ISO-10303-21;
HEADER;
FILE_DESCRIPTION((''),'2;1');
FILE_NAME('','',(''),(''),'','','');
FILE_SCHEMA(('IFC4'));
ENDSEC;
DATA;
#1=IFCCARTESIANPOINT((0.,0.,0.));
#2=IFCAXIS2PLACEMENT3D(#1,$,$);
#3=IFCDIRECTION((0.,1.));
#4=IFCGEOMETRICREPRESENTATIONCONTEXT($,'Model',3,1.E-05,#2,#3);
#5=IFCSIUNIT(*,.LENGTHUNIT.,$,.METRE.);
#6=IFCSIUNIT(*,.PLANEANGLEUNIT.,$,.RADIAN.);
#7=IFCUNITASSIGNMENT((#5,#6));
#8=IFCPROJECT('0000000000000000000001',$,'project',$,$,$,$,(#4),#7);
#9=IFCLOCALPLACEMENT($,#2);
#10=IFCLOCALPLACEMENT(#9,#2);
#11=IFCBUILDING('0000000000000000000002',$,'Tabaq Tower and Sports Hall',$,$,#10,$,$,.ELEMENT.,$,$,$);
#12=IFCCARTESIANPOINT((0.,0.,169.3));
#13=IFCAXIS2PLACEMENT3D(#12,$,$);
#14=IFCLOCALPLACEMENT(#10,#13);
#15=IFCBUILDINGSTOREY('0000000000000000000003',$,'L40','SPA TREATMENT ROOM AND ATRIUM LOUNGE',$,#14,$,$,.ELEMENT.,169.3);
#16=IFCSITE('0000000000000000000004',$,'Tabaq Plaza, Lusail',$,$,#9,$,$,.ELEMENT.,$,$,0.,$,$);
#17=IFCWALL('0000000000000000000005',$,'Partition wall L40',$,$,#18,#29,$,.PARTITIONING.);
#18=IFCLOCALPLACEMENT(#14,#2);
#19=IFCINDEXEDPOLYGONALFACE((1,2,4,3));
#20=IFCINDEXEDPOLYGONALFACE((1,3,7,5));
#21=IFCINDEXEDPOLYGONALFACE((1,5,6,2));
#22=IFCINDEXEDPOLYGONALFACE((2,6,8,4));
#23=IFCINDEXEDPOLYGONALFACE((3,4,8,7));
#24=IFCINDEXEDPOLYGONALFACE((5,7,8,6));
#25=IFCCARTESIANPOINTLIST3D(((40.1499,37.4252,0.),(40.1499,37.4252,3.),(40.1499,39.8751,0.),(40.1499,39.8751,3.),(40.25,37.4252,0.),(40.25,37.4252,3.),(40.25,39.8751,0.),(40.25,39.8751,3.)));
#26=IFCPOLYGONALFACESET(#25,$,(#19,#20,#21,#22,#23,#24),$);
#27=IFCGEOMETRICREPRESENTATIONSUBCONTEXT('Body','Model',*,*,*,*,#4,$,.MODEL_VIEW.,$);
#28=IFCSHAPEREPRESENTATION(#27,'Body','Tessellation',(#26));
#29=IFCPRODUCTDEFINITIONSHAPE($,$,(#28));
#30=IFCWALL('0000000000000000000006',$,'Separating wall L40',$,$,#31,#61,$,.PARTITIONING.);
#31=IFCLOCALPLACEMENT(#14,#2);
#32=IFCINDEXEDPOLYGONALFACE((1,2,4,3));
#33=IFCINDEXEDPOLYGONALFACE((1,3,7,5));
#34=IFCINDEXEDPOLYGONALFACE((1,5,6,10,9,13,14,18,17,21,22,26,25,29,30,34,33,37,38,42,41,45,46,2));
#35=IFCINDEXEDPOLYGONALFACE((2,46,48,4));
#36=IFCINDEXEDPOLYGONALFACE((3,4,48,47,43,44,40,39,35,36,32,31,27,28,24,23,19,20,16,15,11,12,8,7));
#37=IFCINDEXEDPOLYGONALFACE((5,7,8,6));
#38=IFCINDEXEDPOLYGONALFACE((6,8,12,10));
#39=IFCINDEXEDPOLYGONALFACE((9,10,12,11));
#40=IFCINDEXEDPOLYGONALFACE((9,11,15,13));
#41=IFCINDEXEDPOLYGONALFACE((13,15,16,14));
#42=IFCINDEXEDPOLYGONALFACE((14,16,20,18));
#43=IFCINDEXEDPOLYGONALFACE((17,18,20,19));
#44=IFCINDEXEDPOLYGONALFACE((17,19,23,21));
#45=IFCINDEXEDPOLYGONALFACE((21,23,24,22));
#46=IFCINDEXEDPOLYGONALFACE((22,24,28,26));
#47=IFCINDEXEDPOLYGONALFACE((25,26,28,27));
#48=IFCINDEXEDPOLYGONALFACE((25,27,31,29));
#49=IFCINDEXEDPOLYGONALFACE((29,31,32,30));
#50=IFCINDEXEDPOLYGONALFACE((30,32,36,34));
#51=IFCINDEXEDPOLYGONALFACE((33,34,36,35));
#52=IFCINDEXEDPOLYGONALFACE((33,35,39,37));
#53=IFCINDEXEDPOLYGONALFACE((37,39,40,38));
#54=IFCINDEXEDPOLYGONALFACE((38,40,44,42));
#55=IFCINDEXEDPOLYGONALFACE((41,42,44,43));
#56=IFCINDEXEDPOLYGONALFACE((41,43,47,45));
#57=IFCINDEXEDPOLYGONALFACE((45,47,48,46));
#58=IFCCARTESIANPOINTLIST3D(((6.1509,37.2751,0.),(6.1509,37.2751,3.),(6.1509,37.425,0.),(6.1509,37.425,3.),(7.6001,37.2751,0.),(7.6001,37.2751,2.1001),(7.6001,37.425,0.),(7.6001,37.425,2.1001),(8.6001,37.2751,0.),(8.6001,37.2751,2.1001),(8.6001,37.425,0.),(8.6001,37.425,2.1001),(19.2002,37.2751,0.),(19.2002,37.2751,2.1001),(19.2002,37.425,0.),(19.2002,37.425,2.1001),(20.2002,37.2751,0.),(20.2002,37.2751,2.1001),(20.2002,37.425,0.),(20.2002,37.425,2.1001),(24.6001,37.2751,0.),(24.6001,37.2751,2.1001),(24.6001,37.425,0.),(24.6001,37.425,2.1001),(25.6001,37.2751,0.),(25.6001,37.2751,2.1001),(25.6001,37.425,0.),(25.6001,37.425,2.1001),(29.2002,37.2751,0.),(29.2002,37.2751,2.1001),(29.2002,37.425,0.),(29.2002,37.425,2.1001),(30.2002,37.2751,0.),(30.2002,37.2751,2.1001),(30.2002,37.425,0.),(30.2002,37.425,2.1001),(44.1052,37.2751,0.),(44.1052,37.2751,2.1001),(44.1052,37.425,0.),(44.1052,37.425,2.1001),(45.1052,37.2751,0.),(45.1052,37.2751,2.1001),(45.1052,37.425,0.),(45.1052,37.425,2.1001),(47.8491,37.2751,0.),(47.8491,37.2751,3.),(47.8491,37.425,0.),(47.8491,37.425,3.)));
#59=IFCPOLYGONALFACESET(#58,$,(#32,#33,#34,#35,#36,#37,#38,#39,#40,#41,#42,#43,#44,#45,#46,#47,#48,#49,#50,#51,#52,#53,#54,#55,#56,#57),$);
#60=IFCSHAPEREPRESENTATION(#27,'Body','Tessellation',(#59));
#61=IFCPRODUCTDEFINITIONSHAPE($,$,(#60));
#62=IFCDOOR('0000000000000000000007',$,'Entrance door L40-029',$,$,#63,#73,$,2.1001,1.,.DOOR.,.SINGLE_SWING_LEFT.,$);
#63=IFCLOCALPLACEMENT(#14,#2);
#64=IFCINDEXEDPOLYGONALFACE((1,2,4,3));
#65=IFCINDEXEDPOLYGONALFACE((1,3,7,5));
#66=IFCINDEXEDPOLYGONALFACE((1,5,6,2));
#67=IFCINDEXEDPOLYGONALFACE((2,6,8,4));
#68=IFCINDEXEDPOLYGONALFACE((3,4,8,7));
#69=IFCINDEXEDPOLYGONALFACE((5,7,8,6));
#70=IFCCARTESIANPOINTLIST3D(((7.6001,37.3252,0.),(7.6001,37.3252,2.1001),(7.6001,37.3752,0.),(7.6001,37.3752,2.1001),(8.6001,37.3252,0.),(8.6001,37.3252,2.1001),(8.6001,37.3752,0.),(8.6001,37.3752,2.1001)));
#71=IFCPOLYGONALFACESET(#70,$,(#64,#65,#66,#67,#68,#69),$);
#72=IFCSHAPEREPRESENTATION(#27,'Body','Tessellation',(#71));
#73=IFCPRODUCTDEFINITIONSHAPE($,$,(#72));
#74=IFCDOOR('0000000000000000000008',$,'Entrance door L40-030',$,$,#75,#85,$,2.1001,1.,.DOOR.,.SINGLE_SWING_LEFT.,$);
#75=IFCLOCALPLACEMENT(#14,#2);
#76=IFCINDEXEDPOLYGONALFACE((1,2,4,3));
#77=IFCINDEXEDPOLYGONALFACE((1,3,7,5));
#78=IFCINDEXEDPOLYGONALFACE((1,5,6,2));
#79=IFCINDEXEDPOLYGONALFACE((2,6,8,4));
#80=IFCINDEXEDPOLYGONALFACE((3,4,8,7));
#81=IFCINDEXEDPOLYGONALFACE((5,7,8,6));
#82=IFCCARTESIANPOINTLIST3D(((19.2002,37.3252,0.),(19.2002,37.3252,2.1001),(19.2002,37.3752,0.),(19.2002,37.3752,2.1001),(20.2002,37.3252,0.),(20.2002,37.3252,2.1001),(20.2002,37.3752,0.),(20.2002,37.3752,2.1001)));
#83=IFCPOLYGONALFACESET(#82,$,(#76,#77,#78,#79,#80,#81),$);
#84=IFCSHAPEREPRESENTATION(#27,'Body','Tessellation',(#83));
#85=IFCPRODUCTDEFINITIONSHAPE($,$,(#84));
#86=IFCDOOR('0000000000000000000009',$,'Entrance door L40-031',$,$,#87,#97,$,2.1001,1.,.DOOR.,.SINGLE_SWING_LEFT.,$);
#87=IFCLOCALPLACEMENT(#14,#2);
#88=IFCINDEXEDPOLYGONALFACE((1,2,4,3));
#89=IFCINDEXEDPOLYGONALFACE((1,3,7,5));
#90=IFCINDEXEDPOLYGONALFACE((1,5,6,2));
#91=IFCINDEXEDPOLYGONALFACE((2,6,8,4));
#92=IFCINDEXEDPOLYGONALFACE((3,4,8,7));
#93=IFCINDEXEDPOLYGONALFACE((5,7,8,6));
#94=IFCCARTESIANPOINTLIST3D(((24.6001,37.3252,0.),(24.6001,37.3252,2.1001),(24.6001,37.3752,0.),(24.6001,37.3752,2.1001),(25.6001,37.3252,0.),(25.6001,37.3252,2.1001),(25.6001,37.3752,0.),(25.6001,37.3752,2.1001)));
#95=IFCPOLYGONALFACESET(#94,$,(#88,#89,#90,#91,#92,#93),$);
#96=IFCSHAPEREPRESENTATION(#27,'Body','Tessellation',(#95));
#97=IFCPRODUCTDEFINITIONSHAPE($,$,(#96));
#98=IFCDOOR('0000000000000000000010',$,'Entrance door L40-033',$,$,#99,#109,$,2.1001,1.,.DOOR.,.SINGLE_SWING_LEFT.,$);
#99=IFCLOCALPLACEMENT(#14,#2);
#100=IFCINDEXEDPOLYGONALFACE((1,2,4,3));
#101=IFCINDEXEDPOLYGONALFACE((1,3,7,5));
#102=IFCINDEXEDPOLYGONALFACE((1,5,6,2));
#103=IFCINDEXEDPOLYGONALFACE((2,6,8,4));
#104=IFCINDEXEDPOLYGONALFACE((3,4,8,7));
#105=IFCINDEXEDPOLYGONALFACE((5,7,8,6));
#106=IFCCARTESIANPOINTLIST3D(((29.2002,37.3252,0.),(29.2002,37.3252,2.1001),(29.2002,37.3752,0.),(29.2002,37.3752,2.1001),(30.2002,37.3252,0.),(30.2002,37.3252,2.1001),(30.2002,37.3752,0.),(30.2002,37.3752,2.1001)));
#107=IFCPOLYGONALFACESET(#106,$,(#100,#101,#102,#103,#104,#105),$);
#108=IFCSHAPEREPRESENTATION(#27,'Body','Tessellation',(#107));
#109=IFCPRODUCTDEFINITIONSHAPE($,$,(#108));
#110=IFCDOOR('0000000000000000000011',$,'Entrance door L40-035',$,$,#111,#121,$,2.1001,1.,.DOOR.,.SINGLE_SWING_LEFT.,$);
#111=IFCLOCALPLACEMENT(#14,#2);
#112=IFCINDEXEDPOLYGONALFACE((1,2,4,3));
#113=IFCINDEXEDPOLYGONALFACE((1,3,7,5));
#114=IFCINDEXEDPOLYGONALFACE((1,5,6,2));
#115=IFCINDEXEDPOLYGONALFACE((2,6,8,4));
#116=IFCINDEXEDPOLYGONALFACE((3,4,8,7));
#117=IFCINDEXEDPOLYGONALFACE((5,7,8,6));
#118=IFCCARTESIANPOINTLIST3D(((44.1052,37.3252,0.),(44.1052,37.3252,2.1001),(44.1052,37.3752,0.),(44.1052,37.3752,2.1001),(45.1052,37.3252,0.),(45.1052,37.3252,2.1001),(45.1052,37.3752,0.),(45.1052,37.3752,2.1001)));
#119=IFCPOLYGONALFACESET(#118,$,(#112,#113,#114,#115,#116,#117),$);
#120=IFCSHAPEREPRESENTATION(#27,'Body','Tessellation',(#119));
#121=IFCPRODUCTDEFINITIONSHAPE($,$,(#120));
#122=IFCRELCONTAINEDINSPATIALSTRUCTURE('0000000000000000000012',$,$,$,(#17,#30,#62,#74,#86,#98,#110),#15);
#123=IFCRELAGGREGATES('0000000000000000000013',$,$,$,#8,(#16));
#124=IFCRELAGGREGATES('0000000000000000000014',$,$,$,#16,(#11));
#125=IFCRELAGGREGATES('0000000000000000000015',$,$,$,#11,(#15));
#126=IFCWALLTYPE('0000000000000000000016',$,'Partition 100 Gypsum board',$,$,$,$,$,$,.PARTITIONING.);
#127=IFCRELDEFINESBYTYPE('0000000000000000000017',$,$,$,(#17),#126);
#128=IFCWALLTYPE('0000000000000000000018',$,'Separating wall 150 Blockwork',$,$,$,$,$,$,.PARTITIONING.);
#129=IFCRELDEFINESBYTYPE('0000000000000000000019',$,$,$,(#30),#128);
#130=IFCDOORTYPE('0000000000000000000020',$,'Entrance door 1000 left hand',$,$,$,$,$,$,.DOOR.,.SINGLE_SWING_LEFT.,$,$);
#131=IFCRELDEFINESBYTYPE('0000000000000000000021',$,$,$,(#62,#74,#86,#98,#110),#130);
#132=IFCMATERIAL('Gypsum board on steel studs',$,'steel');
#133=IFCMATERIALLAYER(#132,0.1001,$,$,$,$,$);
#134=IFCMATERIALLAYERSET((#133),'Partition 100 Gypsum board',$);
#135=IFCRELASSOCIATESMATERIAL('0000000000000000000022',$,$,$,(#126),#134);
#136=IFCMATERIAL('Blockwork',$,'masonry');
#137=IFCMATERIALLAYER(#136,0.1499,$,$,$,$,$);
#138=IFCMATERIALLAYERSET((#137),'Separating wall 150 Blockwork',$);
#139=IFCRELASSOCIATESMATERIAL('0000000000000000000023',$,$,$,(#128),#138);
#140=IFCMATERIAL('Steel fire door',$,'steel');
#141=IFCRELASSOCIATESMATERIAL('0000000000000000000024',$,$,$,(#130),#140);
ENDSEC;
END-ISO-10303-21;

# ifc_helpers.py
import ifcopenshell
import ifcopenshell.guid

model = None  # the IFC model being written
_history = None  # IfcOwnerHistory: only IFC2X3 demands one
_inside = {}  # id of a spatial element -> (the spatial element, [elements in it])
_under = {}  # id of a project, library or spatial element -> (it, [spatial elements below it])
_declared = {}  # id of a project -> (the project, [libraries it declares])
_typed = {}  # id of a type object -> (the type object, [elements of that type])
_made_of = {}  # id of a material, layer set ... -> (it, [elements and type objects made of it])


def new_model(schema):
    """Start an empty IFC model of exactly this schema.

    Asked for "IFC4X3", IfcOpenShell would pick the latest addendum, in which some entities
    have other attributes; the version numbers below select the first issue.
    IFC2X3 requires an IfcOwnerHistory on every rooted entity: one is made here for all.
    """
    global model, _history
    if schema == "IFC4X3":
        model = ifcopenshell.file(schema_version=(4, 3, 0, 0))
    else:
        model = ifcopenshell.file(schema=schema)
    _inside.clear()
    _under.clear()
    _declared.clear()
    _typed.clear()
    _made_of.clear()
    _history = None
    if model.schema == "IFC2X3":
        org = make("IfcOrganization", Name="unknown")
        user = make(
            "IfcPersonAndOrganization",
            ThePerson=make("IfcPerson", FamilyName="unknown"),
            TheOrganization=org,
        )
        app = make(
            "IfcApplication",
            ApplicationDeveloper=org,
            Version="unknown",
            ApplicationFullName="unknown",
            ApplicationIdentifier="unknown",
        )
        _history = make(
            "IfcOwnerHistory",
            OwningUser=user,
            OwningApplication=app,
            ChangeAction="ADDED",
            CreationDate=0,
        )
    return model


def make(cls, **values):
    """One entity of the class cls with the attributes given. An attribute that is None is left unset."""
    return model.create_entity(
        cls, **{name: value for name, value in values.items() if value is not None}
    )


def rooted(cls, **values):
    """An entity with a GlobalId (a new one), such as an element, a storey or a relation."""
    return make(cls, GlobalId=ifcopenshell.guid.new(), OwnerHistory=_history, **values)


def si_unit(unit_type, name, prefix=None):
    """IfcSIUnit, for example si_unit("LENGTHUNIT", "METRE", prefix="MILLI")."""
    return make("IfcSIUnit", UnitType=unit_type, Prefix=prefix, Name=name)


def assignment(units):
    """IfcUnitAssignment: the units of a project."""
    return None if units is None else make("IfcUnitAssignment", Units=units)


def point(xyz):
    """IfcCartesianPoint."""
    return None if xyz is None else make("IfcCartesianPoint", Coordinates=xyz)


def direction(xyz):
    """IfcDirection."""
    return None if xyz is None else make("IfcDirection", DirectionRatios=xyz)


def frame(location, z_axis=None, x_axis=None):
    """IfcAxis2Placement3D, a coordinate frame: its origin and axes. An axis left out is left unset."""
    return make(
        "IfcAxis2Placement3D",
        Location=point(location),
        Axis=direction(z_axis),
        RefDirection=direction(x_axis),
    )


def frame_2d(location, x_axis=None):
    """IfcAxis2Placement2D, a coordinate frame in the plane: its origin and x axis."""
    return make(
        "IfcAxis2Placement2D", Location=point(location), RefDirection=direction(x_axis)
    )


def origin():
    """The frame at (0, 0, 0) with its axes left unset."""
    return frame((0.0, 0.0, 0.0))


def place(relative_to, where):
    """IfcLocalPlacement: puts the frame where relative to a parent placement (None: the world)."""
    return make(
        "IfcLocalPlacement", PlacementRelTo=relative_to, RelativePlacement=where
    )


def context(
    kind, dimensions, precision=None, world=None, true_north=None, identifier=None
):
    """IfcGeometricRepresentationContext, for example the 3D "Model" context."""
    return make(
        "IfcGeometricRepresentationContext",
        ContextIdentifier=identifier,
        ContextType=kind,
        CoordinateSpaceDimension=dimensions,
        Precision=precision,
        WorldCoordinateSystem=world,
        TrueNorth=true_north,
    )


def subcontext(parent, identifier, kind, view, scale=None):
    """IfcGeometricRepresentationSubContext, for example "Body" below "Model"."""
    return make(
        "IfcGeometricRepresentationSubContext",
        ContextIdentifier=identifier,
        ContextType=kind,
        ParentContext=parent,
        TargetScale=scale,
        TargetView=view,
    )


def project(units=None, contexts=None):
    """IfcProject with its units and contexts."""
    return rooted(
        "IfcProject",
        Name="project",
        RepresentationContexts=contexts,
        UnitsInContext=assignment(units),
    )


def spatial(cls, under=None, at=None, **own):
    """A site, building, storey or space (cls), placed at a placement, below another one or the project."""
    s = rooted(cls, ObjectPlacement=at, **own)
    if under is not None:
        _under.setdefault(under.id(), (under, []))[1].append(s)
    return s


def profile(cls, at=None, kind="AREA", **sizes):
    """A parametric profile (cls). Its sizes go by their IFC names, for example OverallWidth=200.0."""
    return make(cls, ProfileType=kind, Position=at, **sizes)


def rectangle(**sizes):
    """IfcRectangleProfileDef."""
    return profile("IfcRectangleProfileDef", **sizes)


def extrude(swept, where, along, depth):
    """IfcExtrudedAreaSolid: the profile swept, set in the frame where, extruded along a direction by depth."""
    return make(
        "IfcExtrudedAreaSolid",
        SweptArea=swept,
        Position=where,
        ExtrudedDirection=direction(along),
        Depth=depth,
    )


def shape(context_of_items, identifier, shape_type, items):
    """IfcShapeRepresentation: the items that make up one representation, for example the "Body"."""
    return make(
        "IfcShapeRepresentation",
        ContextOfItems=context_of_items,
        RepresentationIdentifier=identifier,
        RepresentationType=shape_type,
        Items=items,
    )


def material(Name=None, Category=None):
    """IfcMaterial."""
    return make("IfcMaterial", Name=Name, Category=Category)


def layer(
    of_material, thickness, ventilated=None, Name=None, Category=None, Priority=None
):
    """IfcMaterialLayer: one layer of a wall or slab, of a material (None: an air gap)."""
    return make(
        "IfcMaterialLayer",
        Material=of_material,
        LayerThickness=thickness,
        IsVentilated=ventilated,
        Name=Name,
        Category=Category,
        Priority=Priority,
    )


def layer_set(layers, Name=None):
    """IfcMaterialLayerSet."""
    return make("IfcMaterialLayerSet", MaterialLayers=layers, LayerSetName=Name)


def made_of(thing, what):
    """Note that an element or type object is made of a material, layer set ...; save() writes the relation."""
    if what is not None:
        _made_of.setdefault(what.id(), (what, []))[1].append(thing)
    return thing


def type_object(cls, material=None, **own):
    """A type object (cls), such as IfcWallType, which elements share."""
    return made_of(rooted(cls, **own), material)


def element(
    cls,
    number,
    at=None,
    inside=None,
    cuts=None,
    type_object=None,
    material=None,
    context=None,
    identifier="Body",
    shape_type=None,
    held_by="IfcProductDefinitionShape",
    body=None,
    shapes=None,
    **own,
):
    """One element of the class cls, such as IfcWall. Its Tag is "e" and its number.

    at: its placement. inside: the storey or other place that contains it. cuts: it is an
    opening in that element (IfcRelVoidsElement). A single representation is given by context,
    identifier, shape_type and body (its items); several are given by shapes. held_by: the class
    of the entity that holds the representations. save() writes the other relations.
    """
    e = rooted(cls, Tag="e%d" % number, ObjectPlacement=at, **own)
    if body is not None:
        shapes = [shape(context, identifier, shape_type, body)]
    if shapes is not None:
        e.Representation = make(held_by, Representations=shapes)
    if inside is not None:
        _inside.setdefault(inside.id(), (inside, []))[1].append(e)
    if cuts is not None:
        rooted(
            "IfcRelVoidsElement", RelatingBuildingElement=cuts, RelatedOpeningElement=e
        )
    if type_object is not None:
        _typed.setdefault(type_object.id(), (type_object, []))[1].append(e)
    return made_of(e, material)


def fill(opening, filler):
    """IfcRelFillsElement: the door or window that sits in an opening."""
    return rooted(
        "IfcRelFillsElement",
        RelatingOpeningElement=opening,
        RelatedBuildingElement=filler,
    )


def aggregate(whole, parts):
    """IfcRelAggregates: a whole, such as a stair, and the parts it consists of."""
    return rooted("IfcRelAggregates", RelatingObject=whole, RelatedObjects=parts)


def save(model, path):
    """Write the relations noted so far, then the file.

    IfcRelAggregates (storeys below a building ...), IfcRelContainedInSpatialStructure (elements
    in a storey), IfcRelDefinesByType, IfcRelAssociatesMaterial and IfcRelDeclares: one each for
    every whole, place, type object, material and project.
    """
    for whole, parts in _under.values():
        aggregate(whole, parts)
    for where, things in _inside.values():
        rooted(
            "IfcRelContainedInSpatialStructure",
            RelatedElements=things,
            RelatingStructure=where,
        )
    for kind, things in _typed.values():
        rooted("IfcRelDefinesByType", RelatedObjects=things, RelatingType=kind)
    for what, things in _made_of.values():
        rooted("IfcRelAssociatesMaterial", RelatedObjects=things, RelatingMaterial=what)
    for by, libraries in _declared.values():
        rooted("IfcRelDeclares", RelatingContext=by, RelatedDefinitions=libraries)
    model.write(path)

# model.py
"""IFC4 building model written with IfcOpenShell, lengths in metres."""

from ifc_helpers import new_model, si_unit, direction, frame, frame_2d, origin, place, context, subcontext, project, spatial, rectangle, extrude, material, layer, layer_set, type_object, element, fill, save


model = new_model("IFC4")

# Units and contexts
model_context = context("Model", 3, precision=1e-05, world=origin(), true_north=direction((0.0, 1.0)))
body_context = subcontext(model_context, "Body", "Model", "MODEL_VIEW")
ifc_project = project(units=[si_unit("LENGTHUNIT", "METRE"), si_unit("PLANEANGLEUNIT", "RADIAN")], contexts=[model_context])

# Site, building, storey
site_placement = place(None, origin())
site = spatial("IfcSite", under=ifc_project, at=site_placement, Name="Tabaq Plaza, Lusail", CompositionType="ELEMENT", RefElevation=0.0)
building_placement = place(site_placement, origin())
building = spatial("IfcBuilding", under=site, at=building_placement, Name="Tabaq Tower and Sports Hall", CompositionType="ELEMENT")
storey_placement = place(building_placement, frame((0.0, 0.0, 169.3)))
storey = spatial("IfcBuildingStorey", under=building, at=storey_placement, Name="L40", Description="SPA TREATMENT ROOM AND ATRIUM LOUNGE", CompositionType="ELEMENT", Elevation=169.3)

# Wall
ifc_material_1 = material(Name="Gypsum board on steel studs", Category="steel")
ifc_layer_1 = layer(ifc_material_1, 0.1001)
ifc_layer_set_1 = layer_set([ifc_layer_1], Name="Partition 100 Gypsum board")
wall_type_1 = type_object("IfcWallType", Name="Partition 100 Gypsum board", PredefinedType="PARTITIONING", material=ifc_layer_set_1)
wall_1_placement = place(storey_placement, frame((40.2, 37.425, 0.0), z_axis=(0.0, 0.0, 1.0), x_axis=(0.0, 1.0, 0.0)))
element("IfcWall", 1, at=wall_1_placement, inside=storey, type_object=wall_type_1, Name="Partition wall L40", PredefinedType="PARTITIONING", context=body_context, shape_type="SweptSolid", body=[
    extrude(rectangle(XDim=2.45, YDim=0.1001, at=frame_2d((1.2251, 0.0))), origin(), (0.0, 0.0, 1.0), 3.0),
])

# Wall, openings, doors
ifc_material_2 = material(Name="Blockwork", Category="masonry")
ifc_layer_2 = layer(ifc_material_2, 0.1499)
ifc_layer_set_2 = layer_set([ifc_layer_2], Name="Separating wall 150 Blockwork")
wall_type_2 = type_object("IfcWallType", Name="Separating wall 150 Blockwork", PredefinedType="PARTITIONING", material=ifc_layer_set_2)
wall_2_placement = place(storey_placement, frame((47.8491, 37.3501, 0.0), z_axis=(0.0, 0.0, 1.0), x_axis=(-1.0, 0.0, 0.0)))
wall_2 = element("IfcWall", 2, at=wall_2_placement, inside=storey, type_object=wall_type_2, Name="Separating wall L40", PredefinedType="PARTITIONING", context=body_context, shape_type="SweptSolid", body=[
    extrude(rectangle(XDim=41.6982, YDim=0.1499, at=frame_2d((20.8491, 0.0))), origin(), (0.0, 0.0, 1.0), 3.0),
])
opening_1_placement = place(wall_2_placement, frame((39.249, 0.0, 0.0)))
opening_1 = element("IfcOpeningElement", 3, at=opening_1_placement, cuts=wall_2, PredefinedType="OPENING", context=body_context, shape_type="SweptSolid", body=[
    extrude(rectangle(XDim=1.0, YDim=2.1001, at=frame_2d((0.5, 1.05))), frame((0.0, 0.075, 0.0), z_axis=(0.0, -1.0, 0.0), x_axis=(1.0, 0.0, 0.0)), (0.0, 0.0, 1.0), 0.1499),
])
opening_2_placement = place(wall_2_placement, frame((27.6489, 0.0, 0.0)))
opening_2 = element("IfcOpeningElement", 4, at=opening_2_placement, cuts=wall_2, PredefinedType="OPENING", context=body_context, shape_type="SweptSolid", body=[
    extrude(rectangle(XDim=1.0, YDim=2.1001, at=frame_2d((0.5, 1.05))), frame((0.0, 0.075, 0.0), z_axis=(0.0, -1.0, 0.0), x_axis=(1.0, 0.0, 0.0)), (0.0, 0.0, 1.0), 0.1499),
])
opening_3_placement = place(wall_2_placement, frame((22.249, 0.0, 0.0)))
opening_3 = element("IfcOpeningElement", 5, at=opening_3_placement, cuts=wall_2, PredefinedType="OPENING", context=body_context, shape_type="SweptSolid", body=[
    extrude(rectangle(XDim=1.0, YDim=2.1001, at=frame_2d((0.5, 1.05))), frame((0.0, 0.075, 0.0), z_axis=(0.0, -1.0, 0.0), x_axis=(1.0, 0.0, 0.0)), (0.0, 0.0, 1.0), 0.1499),
])
opening_4_placement = place(wall_2_placement, frame((17.6489, 0.0, 0.0)))
opening_4 = element("IfcOpeningElement", 6, at=opening_4_placement, cuts=wall_2, PredefinedType="OPENING", context=body_context, shape_type="SweptSolid", body=[
    extrude(rectangle(XDim=1.0, YDim=2.1001, at=frame_2d((0.5, 1.05))), frame((0.0, 0.075, 0.0), z_axis=(0.0, -1.0, 0.0), x_axis=(1.0, 0.0, 0.0)), (0.0, 0.0, 1.0), 0.1499),
])
opening_5_placement = place(wall_2_placement, frame((2.7439, 0.0, 0.0)))
opening_5 = element("IfcOpeningElement", 7, at=opening_5_placement, cuts=wall_2, PredefinedType="OPENING", context=body_context, shape_type="SweptSolid", body=[
    extrude(rectangle(XDim=1.0, YDim=2.1001, at=frame_2d((0.5, 1.05))), frame((0.0, 0.075, 0.0), z_axis=(0.0, -1.0, 0.0), x_axis=(1.0, 0.0, 0.0)), (0.0, 0.0, 1.0), 0.1499),
])
ifc_material_3 = material(Name="Steel fire door", Category="steel")
door_type_1 = type_object("IfcDoorType", Name="Entrance door 1000 left hand", OperationType="SINGLE_SWING_LEFT", PredefinedType="DOOR", material=ifc_material_3)
door_1_placement = place(opening_1_placement, origin())
door_1 = element("IfcDoor", 8, at=door_1_placement, inside=storey, type_object=door_type_1, Name="Entrance door L40-029", OperationType="SINGLE_SWING_LEFT", OverallHeight=2.1001, OverallWidth=1.0, PredefinedType="DOOR", context=body_context, shape_type="SweptSolid", body=[
    extrude(rectangle(XDim=1.0, YDim=2.1001, at=frame_2d((0.5, 1.05))), frame((0.0, 0.0249, 0.0), z_axis=(0.0, -1.0, 0.0), x_axis=(1.0, 0.0, 0.0)), (0.0, 0.0, 1.0), 0.05),
])
fill(opening_1, door_1)
door_2_placement = place(opening_2_placement, origin())
door_2 = element("IfcDoor", 9, at=door_2_placement, inside=storey, type_object=door_type_1, Name="Entrance door L40-030", OperationType="SINGLE_SWING_LEFT", OverallHeight=2.1001, OverallWidth=1.0, PredefinedType="DOOR", context=body_context, shape_type="SweptSolid", body=[
    extrude(rectangle(XDim=1.0, YDim=2.1001, at=frame_2d((0.5, 1.05))), frame((0.0, 0.0249, 0.0), z_axis=(0.0, -1.0, 0.0), x_axis=(1.0, 0.0, 0.0)), (0.0, 0.0, 1.0), 0.05),
])
fill(opening_2, door_2)
door_3_placement = place(opening_3_placement, origin())
door_3 = element("IfcDoor", 10, at=door_3_placement, inside=storey, type_object=door_type_1, Name="Entrance door L40-031", OperationType="SINGLE_SWING_LEFT", OverallHeight=2.1001, OverallWidth=1.0, PredefinedType="DOOR", context=body_context, shape_type="SweptSolid", body=[
    extrude(rectangle(XDim=1.0, YDim=2.1001, at=frame_2d((0.5, 1.05))), frame((0.0, 0.0249, 0.0), z_axis=(0.0, -1.0, 0.0), x_axis=(1.0, 0.0, 0.0)), (0.0, 0.0, 1.0), 0.05),
])
fill(opening_3, door_3)
door_4_placement = place(opening_4_placement, origin())
door_4 = element("IfcDoor", 11, at=door_4_placement, inside=storey, type_object=door_type_1, Name="Entrance door L40-033", OperationType="SINGLE_SWING_LEFT", OverallHeight=2.1001, OverallWidth=1.0, PredefinedType="DOOR", context=body_context, shape_type="SweptSolid", body=[
    extrude(rectangle(XDim=1.0, YDim=2.1001, at=frame_2d((0.5, 1.05))), frame((0.0, 0.0249, 0.0), z_axis=(0.0, -1.0, 0.0), x_axis=(1.0, 0.0, 0.0)), (0.0, 0.0, 1.0), 0.05),
])
fill(opening_4, door_4)
door_5_placement = place(opening_5_placement, origin())
door_5 = element("IfcDoor", 12, at=door_5_placement, inside=storey, type_object=door_type_1, Name="Entrance door L40-035", OperationType="SINGLE_SWING_LEFT", OverallHeight=2.1001, OverallWidth=1.0, PredefinedType="DOOR", context=body_context, shape_type="SweptSolid", body=[
    extrude(rectangle(XDim=1.0, YDim=2.1001, at=frame_2d((0.5, 1.05))), frame((0.0, 0.0249, 0.0), z_axis=(0.0, -1.0, 0.0), x_axis=(1.0, 0.0, 0.0)), (0.0, 0.0, 1.0), 0.05),
])
fill(opening_5, door_5)

save(model, "model.ifc")
